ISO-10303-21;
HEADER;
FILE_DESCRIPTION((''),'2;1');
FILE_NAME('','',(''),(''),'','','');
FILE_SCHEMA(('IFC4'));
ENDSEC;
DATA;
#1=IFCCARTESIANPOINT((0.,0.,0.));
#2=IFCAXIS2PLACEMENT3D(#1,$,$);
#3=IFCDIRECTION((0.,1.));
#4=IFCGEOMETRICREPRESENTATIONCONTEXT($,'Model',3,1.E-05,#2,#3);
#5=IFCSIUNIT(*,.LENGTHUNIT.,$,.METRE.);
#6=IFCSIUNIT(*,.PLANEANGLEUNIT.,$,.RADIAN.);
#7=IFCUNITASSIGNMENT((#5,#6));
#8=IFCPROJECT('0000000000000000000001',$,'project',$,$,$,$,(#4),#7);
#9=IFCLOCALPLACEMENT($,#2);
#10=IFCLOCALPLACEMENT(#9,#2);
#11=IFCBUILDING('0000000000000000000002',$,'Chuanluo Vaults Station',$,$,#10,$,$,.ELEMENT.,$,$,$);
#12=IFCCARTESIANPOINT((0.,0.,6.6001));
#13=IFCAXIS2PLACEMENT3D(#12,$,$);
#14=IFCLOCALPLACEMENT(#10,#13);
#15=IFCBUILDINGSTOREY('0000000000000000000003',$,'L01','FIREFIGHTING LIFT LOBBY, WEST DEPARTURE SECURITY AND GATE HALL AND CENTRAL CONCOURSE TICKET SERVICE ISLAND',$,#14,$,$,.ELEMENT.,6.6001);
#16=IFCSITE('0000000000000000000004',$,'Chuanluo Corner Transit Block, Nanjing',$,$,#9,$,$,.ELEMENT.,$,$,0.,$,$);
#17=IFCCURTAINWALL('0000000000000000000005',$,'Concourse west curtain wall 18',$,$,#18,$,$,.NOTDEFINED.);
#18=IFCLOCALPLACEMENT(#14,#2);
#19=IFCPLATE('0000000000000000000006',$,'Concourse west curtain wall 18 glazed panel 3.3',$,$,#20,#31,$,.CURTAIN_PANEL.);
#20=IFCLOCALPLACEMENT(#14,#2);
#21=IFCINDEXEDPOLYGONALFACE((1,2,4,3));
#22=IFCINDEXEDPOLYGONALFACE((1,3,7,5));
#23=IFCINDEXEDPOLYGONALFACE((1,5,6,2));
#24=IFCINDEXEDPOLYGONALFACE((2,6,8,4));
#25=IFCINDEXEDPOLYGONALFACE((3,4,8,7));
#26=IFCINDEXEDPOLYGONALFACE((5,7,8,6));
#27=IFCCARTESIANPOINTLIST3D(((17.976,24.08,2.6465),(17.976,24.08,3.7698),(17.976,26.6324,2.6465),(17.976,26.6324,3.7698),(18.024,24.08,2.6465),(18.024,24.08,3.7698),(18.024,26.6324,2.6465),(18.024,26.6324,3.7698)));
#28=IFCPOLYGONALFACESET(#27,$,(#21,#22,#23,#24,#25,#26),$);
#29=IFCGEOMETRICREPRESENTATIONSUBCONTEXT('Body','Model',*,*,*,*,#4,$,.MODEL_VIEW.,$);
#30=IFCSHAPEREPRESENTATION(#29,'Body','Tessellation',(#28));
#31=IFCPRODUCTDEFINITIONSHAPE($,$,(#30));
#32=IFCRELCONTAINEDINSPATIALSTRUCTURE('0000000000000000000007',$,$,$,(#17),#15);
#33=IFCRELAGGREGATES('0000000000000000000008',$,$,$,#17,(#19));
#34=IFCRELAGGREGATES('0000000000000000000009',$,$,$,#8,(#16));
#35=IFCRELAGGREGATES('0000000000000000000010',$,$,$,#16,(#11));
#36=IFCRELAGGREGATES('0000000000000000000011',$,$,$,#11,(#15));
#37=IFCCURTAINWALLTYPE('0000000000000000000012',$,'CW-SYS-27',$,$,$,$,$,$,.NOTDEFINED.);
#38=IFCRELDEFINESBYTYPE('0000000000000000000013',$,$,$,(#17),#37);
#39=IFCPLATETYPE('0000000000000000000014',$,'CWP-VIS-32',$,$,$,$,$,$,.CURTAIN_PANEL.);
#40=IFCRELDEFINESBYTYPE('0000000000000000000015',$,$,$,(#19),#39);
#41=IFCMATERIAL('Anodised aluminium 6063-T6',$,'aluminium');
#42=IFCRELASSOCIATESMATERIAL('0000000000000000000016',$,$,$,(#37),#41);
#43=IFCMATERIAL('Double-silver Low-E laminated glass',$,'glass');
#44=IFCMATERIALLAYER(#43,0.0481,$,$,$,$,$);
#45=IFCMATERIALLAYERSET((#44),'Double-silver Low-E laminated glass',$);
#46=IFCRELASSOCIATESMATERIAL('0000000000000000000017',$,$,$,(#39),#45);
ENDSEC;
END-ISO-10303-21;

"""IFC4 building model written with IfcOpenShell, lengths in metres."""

from ifc_helpers import new_model, si_unit, direction, frame, origin, origin_2d, place, context, subcontext, project, spatial, rectangle, extrude, material, layer, layer_set, type_object, element, aggregate, save


model = new_model("IFC4")

# Units and contexts
model_context = context("Model", 3, precision=1e-05, world=origin(), true_north=direction((0.0, 1.0)))
body_context = subcontext(model_context, "Body", "Model", "MODEL_VIEW")
ifc_project = project(units=[si_unit("LENGTHUNIT", "METRE"), si_unit("PLANEANGLEUNIT", "RADIAN")], contexts=[model_context])

# Site, building, storey
site_placement = place(None, origin())
site = spatial("IfcSite", under=ifc_project, at=site_placement, Name="Chuanluo Corner Transit Block, Nanjing", CompositionType="ELEMENT", RefElevation=0.0)
building_placement = place(site_placement, origin())
building = spatial("IfcBuilding", under=site, at=building_placement, Name="Chuanluo Vaults Station", CompositionType="ELEMENT")
storey_placement = place(building_placement, frame((0.0, 0.0, 6.6001)))
storey = spatial("IfcBuildingStorey", under=building, at=storey_placement, Name="L01", Description="FIREFIGHTING LIFT LOBBY, WEST DEPARTURE SECURITY AND GATE HALL AND CENTRAL CONCOURSE TICKET SERVICE ISLAND", CompositionType="ELEMENT", Elevation=6.6001)

# Curtain wall, plate
ifc_material_1 = material(Name="Anodised aluminium 6063-T6", Category="aluminium")
curtain_wall_type = type_object("IfcCurtainWallType", Name="CW-SYS-27", PredefinedType="NOTDEFINED", material=ifc_material_1)
curtain_wall_placement = place(storey_placement, origin())
curtain_wall = element("IfcCurtainWall", 1, at=curtain_wall_placement, inside=storey, type_object=curtain_wall_type, Name="Concourse west curtain wall 18", PredefinedType="NOTDEFINED")
ifc_material_2 = material(Name="Double-silver Low-E laminated glass", Category="glass")
ifc_layer_1 = layer(ifc_material_2, 0.0481)
ifc_layer_set_1 = layer_set([ifc_layer_1], Name="Double-silver Low-E laminated glass")
plate_type_1 = type_object("IfcPlateType", Name="CWP-VIS-32", PredefinedType="CURTAIN_PANEL", material=ifc_layer_set_1)
plate_1_placement = place(storey_placement, frame((18.0, 25.3562, 2.6465), z_axis=(0.0, 0.0, 1.0), x_axis=(0.0, 1.0, 0.0)))
plate_1 = element("IfcPlate", 2, at=plate_1_placement, type_object=plate_type_1, Name="Concourse west curtain wall 18 glazed panel 3.3", PredefinedType="CURTAIN_PANEL", context=body_context, shape_type="SweptSolid", body=[
    extrude(rectangle(XDim=2.5525, YDim=0.0481, at=origin_2d()), origin(), (0.0, 0.0, 1.0), 1.1233),
])
aggregate(curtain_wall, [plate_1])

save(model, "model.ifc")
